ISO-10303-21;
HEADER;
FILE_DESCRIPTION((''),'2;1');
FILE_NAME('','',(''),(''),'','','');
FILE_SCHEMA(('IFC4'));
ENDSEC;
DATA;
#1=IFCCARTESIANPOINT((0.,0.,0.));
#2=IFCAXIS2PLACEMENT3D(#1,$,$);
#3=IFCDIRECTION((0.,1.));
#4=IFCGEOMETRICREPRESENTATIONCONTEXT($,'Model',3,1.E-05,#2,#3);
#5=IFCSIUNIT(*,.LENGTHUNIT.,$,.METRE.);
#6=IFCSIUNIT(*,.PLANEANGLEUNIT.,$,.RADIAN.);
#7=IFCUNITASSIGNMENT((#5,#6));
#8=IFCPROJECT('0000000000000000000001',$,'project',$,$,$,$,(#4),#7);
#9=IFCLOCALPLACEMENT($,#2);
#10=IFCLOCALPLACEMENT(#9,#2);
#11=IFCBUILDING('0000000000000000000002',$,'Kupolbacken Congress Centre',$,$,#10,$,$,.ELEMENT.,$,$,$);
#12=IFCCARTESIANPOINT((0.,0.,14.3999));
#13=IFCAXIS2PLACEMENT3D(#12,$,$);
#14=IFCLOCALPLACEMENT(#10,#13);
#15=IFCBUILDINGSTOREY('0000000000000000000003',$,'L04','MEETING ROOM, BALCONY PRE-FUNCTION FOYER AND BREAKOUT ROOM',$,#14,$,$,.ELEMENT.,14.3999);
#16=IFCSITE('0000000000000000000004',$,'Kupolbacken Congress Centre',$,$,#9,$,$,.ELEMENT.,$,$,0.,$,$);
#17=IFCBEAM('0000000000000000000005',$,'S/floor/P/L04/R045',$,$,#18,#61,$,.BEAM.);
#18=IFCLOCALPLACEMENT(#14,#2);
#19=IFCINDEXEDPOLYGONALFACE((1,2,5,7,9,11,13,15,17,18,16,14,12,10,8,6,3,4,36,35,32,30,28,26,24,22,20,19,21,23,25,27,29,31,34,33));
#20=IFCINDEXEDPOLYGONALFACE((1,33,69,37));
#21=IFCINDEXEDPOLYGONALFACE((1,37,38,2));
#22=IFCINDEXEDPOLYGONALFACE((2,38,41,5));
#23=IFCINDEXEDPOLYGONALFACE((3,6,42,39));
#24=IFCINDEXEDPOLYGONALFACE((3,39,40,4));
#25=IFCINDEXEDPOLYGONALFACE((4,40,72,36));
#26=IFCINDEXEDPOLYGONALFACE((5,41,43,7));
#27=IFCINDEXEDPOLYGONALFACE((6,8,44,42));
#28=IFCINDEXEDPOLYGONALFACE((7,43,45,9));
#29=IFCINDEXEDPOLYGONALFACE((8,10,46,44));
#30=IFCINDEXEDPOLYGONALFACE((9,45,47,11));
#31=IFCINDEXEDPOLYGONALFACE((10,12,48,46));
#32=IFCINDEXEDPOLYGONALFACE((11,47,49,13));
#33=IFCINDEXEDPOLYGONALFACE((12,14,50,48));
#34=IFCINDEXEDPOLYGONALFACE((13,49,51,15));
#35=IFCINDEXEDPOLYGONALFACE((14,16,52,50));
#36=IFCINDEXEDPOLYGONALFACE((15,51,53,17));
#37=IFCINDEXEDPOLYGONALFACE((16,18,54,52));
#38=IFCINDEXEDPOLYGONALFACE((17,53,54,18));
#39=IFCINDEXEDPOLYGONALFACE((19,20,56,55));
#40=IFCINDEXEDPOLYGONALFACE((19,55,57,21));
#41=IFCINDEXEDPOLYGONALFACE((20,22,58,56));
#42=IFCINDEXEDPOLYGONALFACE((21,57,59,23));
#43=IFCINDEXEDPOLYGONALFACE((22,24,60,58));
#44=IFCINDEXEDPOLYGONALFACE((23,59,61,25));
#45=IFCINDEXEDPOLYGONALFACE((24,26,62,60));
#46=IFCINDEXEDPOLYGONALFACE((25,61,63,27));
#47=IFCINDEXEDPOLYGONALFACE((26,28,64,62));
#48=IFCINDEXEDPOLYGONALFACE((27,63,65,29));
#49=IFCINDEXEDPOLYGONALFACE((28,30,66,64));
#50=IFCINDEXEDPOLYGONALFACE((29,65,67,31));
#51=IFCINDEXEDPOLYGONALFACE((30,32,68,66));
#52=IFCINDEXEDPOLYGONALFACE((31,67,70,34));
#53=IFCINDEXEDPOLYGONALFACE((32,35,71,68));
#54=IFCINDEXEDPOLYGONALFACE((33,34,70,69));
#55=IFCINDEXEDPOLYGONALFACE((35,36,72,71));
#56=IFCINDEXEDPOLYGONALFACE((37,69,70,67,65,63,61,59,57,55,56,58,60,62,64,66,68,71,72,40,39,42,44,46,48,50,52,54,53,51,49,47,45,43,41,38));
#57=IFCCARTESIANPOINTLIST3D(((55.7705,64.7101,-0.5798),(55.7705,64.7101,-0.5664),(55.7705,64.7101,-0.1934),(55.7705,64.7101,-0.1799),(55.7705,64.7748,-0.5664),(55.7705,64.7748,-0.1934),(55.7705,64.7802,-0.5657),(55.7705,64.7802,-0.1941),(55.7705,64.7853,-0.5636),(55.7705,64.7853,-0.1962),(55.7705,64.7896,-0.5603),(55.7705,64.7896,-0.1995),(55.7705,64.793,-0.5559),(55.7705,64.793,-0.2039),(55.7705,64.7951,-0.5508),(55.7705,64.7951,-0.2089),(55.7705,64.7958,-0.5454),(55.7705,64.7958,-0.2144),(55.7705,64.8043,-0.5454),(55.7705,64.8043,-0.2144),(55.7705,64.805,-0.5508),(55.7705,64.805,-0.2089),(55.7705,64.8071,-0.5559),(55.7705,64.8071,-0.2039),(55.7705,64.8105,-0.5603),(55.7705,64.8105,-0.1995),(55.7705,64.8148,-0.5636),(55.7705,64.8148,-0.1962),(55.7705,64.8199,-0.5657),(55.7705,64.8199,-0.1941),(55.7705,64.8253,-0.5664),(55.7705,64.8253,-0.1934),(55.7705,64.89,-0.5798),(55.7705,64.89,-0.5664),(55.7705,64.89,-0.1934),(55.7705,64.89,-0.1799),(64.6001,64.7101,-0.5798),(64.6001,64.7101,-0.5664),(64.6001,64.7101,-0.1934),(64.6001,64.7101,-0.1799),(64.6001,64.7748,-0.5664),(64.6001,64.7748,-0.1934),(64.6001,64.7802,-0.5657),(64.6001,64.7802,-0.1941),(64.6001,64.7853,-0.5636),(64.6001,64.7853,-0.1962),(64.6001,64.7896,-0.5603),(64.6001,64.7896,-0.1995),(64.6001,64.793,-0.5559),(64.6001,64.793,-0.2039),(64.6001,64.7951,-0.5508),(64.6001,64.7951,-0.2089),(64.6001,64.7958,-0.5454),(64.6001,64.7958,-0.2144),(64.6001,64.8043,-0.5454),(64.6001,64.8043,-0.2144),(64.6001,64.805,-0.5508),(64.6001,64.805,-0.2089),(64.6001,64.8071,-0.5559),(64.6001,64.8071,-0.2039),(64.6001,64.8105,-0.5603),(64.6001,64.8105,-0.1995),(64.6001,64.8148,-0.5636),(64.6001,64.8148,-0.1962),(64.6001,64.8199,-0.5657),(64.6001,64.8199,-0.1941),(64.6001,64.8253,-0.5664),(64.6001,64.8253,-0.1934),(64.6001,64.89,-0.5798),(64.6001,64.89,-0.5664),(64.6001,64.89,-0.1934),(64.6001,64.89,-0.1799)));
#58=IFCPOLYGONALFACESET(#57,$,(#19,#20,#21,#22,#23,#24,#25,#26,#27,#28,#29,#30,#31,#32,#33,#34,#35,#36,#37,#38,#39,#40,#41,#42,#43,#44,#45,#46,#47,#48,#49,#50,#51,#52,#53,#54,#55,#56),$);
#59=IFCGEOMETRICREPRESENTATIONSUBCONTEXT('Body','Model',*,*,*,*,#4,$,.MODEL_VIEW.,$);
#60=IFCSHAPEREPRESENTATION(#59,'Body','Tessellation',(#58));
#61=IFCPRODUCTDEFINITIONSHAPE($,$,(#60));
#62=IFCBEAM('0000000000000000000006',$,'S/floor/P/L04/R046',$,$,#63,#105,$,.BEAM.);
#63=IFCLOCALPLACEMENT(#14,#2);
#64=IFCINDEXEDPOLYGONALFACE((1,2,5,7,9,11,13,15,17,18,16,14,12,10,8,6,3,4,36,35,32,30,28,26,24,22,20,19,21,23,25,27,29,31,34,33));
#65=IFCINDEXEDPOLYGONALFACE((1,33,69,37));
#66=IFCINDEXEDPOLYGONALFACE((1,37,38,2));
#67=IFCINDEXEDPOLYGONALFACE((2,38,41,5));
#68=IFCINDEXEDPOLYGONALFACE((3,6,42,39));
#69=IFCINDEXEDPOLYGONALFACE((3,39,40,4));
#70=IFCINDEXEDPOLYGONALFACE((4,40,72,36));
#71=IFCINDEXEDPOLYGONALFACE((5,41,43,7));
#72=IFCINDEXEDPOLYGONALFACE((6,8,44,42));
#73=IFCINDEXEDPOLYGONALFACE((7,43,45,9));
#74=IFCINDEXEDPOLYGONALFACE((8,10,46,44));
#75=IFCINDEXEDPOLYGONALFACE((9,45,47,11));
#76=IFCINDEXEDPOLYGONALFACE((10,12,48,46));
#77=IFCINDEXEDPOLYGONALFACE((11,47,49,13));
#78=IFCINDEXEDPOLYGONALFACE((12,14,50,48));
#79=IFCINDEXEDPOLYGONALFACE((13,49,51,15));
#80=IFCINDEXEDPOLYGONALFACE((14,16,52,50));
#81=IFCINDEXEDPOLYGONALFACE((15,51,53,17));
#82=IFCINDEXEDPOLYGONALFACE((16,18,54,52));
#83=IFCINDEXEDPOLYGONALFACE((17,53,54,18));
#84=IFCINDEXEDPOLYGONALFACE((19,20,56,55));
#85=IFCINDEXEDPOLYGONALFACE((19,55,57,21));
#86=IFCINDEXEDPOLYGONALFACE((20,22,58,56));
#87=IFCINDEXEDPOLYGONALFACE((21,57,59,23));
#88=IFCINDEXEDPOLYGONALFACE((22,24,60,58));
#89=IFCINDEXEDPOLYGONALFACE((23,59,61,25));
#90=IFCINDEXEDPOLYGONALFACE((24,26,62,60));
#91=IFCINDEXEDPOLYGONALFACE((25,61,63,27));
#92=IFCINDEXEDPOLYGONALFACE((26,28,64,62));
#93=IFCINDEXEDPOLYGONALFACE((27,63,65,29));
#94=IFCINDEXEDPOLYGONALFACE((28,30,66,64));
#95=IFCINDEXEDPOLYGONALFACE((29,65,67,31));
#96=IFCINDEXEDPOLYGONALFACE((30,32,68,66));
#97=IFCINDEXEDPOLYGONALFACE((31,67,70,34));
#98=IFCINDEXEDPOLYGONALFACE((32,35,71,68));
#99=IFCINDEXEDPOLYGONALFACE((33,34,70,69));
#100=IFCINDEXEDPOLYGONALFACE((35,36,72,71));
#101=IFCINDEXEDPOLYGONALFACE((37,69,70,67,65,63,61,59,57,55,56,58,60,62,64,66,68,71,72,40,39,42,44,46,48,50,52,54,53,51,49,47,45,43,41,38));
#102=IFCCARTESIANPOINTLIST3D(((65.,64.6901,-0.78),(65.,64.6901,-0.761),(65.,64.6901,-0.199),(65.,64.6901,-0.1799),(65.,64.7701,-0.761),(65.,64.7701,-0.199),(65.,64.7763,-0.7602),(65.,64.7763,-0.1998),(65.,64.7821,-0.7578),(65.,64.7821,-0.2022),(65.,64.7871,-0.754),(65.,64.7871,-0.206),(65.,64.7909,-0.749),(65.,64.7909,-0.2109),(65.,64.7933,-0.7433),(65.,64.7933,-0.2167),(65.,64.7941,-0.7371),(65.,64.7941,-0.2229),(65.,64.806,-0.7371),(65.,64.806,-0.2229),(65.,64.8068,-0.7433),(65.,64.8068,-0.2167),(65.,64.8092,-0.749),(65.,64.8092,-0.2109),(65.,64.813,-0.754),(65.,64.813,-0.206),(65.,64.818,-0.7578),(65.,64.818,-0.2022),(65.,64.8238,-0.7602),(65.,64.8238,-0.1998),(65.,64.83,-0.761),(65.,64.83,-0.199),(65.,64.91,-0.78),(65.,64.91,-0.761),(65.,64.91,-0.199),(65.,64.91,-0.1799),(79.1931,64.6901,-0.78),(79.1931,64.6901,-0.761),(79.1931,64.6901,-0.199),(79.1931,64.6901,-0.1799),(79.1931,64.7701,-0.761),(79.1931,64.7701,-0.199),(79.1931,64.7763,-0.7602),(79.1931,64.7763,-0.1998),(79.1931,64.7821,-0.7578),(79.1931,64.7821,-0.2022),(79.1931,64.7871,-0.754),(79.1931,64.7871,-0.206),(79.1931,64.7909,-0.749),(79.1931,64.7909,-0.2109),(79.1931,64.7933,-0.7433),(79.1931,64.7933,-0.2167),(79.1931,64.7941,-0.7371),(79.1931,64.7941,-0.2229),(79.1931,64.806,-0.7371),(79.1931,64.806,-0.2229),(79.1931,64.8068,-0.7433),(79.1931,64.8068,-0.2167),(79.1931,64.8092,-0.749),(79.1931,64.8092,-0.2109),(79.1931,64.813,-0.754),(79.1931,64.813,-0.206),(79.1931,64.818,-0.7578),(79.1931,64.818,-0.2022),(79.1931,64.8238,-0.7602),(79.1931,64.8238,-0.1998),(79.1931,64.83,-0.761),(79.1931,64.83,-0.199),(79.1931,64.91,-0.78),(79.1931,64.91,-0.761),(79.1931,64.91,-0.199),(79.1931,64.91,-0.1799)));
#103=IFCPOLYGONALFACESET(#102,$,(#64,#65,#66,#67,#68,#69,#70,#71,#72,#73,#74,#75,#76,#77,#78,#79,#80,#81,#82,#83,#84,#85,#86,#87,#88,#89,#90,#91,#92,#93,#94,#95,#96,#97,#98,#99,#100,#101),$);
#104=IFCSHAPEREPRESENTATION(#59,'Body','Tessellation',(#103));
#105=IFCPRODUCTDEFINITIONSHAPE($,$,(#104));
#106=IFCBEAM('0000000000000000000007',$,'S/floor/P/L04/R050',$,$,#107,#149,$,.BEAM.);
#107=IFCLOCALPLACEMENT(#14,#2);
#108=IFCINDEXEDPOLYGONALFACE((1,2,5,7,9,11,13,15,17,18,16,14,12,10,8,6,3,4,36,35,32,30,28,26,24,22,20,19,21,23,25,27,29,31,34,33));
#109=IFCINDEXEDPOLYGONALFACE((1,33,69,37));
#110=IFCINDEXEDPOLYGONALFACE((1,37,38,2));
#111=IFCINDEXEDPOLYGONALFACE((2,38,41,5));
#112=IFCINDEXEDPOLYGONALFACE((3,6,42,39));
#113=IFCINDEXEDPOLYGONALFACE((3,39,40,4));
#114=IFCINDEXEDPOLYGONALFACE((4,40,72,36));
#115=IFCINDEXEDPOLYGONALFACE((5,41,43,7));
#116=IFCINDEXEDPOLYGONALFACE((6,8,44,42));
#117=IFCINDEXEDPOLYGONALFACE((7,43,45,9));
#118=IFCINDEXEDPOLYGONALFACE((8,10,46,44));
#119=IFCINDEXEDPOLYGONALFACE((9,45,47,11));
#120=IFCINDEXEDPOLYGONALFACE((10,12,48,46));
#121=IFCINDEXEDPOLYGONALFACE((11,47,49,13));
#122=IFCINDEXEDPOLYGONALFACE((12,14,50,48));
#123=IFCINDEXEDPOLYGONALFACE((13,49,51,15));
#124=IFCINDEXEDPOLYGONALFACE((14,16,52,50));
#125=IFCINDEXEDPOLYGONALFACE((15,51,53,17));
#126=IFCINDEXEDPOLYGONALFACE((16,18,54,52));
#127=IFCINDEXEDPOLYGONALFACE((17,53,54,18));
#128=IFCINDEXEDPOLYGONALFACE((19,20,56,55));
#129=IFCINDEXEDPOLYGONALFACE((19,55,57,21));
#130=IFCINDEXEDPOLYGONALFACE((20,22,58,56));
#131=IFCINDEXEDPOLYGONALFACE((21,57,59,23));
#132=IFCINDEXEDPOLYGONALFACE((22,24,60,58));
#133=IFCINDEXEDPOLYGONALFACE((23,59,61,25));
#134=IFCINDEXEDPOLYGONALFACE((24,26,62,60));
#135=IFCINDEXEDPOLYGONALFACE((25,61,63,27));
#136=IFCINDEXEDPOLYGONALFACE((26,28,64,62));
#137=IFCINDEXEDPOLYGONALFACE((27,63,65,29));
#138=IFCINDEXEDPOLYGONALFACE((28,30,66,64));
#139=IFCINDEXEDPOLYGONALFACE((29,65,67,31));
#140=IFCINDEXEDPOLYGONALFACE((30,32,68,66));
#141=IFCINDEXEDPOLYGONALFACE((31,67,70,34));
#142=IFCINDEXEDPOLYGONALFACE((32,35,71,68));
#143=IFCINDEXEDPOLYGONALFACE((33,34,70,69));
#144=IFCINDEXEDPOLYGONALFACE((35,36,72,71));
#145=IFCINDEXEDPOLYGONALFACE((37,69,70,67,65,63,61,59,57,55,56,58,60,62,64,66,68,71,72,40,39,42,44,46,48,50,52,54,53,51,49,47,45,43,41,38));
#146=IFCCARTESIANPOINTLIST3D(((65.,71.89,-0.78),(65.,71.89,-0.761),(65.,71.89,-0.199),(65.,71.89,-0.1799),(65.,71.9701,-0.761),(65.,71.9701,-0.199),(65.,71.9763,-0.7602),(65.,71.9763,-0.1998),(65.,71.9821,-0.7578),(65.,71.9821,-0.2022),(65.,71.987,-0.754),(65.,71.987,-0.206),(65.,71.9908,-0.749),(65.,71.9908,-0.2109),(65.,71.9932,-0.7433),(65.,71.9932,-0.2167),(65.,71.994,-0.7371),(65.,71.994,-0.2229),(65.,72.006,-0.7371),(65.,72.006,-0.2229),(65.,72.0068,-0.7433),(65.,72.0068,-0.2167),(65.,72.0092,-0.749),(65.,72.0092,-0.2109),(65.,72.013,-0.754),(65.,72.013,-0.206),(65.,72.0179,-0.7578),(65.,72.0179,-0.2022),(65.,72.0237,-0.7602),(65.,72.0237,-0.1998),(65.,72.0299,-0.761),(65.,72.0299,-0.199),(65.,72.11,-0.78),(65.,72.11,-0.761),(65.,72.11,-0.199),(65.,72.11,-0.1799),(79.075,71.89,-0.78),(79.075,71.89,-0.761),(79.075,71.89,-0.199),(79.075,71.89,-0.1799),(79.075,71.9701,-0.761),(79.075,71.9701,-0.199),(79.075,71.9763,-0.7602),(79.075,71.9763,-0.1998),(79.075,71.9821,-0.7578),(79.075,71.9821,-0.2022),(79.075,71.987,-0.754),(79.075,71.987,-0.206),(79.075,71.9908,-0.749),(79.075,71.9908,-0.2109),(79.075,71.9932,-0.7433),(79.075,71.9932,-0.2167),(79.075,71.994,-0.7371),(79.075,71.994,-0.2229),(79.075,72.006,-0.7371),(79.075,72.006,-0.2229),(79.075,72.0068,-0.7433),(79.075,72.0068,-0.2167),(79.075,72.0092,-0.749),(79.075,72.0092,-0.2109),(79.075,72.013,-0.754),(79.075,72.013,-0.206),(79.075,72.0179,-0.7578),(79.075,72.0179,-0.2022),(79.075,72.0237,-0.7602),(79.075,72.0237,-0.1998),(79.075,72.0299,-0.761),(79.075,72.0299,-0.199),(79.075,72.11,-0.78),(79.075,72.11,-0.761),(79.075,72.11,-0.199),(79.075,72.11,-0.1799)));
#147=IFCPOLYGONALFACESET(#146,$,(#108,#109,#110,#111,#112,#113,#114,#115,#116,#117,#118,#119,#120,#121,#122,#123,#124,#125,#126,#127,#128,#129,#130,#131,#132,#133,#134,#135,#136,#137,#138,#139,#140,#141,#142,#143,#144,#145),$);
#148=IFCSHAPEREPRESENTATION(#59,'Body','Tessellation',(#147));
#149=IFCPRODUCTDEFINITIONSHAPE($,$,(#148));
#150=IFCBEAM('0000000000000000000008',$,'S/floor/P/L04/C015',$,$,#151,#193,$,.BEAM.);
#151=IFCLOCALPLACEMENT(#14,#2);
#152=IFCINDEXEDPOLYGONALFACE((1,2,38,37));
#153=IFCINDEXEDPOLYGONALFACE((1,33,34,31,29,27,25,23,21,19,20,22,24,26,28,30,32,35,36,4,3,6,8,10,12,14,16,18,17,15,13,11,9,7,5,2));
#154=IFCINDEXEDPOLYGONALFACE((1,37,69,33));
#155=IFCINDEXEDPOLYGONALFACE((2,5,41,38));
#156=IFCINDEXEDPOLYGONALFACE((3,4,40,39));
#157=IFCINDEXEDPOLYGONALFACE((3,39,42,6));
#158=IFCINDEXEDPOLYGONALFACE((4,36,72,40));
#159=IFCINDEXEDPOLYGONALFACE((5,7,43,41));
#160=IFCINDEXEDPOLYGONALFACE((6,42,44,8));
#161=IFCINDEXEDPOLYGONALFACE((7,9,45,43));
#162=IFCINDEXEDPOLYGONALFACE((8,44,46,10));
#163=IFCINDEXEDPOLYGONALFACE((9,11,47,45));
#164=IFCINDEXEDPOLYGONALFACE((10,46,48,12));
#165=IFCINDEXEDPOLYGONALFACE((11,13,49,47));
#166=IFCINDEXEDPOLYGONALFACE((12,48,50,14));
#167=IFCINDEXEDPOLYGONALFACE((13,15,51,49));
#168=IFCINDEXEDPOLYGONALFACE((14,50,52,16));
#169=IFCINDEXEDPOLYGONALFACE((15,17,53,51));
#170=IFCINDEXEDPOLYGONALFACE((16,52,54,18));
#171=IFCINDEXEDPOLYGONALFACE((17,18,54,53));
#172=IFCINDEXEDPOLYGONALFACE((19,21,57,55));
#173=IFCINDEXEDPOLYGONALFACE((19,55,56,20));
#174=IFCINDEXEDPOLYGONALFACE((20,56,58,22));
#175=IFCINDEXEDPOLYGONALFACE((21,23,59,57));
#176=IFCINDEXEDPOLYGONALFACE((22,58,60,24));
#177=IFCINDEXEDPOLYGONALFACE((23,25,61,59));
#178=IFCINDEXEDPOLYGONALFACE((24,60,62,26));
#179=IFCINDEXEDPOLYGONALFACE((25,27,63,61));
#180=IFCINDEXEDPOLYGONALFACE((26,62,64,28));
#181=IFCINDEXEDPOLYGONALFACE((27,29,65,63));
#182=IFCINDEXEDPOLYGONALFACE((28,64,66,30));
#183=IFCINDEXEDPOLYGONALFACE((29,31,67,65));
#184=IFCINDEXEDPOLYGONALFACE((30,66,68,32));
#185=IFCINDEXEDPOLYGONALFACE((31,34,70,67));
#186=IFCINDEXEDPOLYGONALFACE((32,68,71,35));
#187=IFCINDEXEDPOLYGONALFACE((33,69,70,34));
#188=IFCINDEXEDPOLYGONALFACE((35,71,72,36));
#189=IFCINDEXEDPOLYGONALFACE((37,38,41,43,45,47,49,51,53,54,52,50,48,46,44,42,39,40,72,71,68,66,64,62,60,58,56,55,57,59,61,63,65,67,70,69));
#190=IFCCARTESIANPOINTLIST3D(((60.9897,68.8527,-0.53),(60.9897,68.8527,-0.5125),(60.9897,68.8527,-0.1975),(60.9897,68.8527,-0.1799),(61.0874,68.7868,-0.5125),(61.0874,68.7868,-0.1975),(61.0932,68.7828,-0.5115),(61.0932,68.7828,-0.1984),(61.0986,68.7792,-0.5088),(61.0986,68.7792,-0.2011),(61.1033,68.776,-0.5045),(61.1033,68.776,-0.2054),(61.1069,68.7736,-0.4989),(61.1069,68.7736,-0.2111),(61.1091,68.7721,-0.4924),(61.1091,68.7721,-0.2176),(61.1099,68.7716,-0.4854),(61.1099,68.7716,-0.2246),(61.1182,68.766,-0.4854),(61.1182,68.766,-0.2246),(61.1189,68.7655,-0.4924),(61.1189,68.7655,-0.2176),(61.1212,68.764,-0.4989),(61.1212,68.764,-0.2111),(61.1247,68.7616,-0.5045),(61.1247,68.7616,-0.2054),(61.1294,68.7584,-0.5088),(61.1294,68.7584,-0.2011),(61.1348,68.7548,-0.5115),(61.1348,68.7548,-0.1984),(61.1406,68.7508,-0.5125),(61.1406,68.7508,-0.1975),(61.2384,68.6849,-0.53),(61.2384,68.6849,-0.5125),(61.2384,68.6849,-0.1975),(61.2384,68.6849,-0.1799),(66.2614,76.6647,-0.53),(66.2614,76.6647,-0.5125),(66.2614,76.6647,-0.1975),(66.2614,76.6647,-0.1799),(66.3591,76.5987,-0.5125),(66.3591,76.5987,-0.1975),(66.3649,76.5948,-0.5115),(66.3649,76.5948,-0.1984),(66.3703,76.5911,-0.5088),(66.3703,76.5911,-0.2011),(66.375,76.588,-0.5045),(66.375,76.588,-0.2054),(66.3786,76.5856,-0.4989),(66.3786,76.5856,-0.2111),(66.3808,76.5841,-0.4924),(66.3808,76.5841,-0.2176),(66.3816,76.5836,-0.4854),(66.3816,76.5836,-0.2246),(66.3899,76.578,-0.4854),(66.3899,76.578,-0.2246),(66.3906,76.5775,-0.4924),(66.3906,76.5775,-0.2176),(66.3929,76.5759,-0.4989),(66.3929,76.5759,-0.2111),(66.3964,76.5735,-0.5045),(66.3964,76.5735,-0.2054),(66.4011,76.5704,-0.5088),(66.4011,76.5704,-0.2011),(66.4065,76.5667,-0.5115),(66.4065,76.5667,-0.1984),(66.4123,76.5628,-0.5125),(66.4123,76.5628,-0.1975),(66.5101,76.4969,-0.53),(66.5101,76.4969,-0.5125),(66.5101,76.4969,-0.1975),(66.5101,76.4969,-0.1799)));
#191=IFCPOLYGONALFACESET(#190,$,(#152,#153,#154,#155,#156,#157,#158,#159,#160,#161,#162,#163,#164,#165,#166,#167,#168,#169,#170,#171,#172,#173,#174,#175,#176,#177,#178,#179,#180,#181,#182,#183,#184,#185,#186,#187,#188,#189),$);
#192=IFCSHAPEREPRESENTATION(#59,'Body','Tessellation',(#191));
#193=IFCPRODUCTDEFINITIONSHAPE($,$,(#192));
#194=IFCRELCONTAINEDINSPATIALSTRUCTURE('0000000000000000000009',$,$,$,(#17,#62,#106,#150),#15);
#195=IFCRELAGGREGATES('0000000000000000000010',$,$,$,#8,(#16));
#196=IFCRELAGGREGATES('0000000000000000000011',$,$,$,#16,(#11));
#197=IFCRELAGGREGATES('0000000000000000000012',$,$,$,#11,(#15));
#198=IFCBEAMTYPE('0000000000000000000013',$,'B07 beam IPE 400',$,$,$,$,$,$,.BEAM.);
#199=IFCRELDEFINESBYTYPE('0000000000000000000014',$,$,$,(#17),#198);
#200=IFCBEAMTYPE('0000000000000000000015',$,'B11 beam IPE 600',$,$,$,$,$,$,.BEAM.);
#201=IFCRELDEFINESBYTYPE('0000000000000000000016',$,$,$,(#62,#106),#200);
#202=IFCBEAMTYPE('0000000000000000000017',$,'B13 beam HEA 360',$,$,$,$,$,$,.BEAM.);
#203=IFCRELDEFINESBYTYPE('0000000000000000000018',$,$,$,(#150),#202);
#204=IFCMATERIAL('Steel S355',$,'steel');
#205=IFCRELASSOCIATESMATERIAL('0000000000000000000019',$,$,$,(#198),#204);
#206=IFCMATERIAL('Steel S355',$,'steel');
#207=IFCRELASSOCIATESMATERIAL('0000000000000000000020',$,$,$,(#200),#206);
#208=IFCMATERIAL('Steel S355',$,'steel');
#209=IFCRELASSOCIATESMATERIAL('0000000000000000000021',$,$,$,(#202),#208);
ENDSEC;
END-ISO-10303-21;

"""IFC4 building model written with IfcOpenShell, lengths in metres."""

from ifc_helpers import new_model, si_unit, direction, frame, origin, origin_2d, place, context, subcontext, project, spatial, i_section, extrude, material, material_profile, profile_set, type_object, element, save


model = new_model("IFC4")

# Units and contexts
model_context = context("Model", 3, precision=1e-05, world=origin(), true_north=direction((0.0, 1.0)))
body_context = subcontext(model_context, "Body", "Model", "MODEL_VIEW")
ifc_project = project(units=[si_unit("LENGTHUNIT", "METRE"), si_unit("PLANEANGLEUNIT", "RADIAN")], contexts=[model_context])

# Site, building, storey
site_placement = place(None, origin())
site = spatial("IfcSite", under=ifc_project, at=site_placement, Name="Kupolbacken Congress Centre", CompositionType="ELEMENT", RefElevation=0.0)
building_placement = place(site_placement, origin())
building = spatial("IfcBuilding", under=site, at=building_placement, Name="Kupolbacken Congress Centre", CompositionType="ELEMENT")
storey_placement = place(building_placement, frame((0.0, 0.0, 14.3999)))
storey = spatial("IfcBuildingStorey", under=building, at=storey_placement, Name="L04", Description="MEETING ROOM, BALCONY PRE-FUNCTION FOYER AND BREAKOUT ROOM", CompositionType="ELEMENT", Elevation=14.3999)

# Beams
ifc_material_1 = material(Name="Steel S355", Category="steel")
ifc_material_profile_1 = material_profile(ifc_material_1, i_section(OverallWidth=0.1799, OverallDepth=0.3999, WebThickness=0.0085, FlangeThickness=0.0134, FilletRadius=0.021, at=origin_2d()), Name="IPE 400")
ifc_profile_set_1 = profile_set([ifc_material_profile_1], Name="Steel S355")
beam_type_1 = type_object("IfcBeamType", Name="B07 beam IPE 400", PredefinedType="BEAM", material=ifc_profile_set_1)
beam_1_placement = place(storey_placement, frame((55.7705, 64.8, -0.3799), z_axis=(1.0, 0.0, 0.0), x_axis=(0.0, 1.0, 0.0)))
element("IfcBeam", 1, at=beam_1_placement, inside=storey, type_object=beam_type_1, Name="S/floor/P/L04/R045", PredefinedType="BEAM", context=body_context, shape_type="SweptSolid", body=[
    extrude(i_section(OverallWidth=0.1799, OverallDepth=0.3999, WebThickness=0.0085, FlangeThickness=0.0134, FilletRadius=0.021, at=origin_2d()), origin(), (0.0, 0.0, 1.0), 8.8296),
])
ifc_material_2 = material(Name="Steel S355", Category="steel")
ifc_material_profile_2 = material_profile(ifc_material_2, i_section(OverallWidth=0.22, OverallDepth=0.6001, WebThickness=0.012, FlangeThickness=0.019, FilletRadius=0.0239, at=origin_2d()), Name="IPE 600")
ifc_profile_set_2 = profile_set([ifc_material_profile_2], Name="Steel S355")
beam_type_2 = type_object("IfcBeamType", Name="B11 beam IPE 600", PredefinedType="BEAM", material=ifc_profile_set_2)
beam_2_placement = place(storey_placement, frame((65.0, 64.8, -0.48), z_axis=(1.0, 0.0, 0.0), x_axis=(0.0, 1.0, 0.0)))
element("IfcBeam", 2, at=beam_2_placement, inside=storey, type_object=beam_type_2, Name="S/floor/P/L04/R046", PredefinedType="BEAM", context=body_context, shape_type="SweptSolid", body=[
    extrude(i_section(OverallWidth=0.22, OverallDepth=0.6001, WebThickness=0.012, FlangeThickness=0.019, FilletRadius=0.0239, at=origin_2d()), origin(), (0.0, 0.0, 1.0), 14.1931),
])
beam_3_placement = place(storey_placement, frame((65.0, 72.0, -0.48), z_axis=(1.0, 0.0, 0.0), x_axis=(0.0, 1.0, 0.0)))
element("IfcBeam", 3, at=beam_3_placement, inside=storey, type_object=beam_type_2, Name="S/floor/P/L04/R050", PredefinedType="BEAM", context=body_context, shape_type="SweptSolid", body=[
    extrude(i_section(OverallWidth=0.22, OverallDepth=0.6001, WebThickness=0.012, FlangeThickness=0.019, FilletRadius=0.0239, at=origin_2d()), origin(), (0.0, 0.0, 1.0), 14.075),
])
ifc_material_3 = material(Name="Steel S355", Category="steel")
ifc_material_profile_3 = material_profile(ifc_material_3, i_section(OverallWidth=0.3, OverallDepth=0.3501, WebThickness=0.01, FlangeThickness=0.0176, FilletRadius=0.0271, at=origin_2d()), Name="HEA 360")
ifc_profile_set_3 = profile_set([ifc_material_profile_3], Name="Steel S355")
beam_type_3 = type_object("IfcBeamType", Name="B13 beam HEA 360", PredefinedType="BEAM", material=ifc_profile_set_3)
beam_4_placement = place(storey_placement, frame((61.114, 68.7688, -0.355), z_axis=(0.559372, 0.828917, 0.0), x_axis=(-0.828917, 0.559372, 0.0)))
element("IfcBeam", 4, at=beam_4_placement, inside=storey, type_object=beam_type_3, Name="S/floor/P/L04/C015", PredefinedType="BEAM", context=body_context, shape_type="SweptSolid", body=[
    extrude(i_section(OverallWidth=0.3, OverallDepth=0.3501, WebThickness=0.01, FlangeThickness=0.0176, FilletRadius=0.0271, at=origin_2d()), origin(), (0.0, 0.0, 1.0), 9.4243),
])

save(model, "model.ifc")
